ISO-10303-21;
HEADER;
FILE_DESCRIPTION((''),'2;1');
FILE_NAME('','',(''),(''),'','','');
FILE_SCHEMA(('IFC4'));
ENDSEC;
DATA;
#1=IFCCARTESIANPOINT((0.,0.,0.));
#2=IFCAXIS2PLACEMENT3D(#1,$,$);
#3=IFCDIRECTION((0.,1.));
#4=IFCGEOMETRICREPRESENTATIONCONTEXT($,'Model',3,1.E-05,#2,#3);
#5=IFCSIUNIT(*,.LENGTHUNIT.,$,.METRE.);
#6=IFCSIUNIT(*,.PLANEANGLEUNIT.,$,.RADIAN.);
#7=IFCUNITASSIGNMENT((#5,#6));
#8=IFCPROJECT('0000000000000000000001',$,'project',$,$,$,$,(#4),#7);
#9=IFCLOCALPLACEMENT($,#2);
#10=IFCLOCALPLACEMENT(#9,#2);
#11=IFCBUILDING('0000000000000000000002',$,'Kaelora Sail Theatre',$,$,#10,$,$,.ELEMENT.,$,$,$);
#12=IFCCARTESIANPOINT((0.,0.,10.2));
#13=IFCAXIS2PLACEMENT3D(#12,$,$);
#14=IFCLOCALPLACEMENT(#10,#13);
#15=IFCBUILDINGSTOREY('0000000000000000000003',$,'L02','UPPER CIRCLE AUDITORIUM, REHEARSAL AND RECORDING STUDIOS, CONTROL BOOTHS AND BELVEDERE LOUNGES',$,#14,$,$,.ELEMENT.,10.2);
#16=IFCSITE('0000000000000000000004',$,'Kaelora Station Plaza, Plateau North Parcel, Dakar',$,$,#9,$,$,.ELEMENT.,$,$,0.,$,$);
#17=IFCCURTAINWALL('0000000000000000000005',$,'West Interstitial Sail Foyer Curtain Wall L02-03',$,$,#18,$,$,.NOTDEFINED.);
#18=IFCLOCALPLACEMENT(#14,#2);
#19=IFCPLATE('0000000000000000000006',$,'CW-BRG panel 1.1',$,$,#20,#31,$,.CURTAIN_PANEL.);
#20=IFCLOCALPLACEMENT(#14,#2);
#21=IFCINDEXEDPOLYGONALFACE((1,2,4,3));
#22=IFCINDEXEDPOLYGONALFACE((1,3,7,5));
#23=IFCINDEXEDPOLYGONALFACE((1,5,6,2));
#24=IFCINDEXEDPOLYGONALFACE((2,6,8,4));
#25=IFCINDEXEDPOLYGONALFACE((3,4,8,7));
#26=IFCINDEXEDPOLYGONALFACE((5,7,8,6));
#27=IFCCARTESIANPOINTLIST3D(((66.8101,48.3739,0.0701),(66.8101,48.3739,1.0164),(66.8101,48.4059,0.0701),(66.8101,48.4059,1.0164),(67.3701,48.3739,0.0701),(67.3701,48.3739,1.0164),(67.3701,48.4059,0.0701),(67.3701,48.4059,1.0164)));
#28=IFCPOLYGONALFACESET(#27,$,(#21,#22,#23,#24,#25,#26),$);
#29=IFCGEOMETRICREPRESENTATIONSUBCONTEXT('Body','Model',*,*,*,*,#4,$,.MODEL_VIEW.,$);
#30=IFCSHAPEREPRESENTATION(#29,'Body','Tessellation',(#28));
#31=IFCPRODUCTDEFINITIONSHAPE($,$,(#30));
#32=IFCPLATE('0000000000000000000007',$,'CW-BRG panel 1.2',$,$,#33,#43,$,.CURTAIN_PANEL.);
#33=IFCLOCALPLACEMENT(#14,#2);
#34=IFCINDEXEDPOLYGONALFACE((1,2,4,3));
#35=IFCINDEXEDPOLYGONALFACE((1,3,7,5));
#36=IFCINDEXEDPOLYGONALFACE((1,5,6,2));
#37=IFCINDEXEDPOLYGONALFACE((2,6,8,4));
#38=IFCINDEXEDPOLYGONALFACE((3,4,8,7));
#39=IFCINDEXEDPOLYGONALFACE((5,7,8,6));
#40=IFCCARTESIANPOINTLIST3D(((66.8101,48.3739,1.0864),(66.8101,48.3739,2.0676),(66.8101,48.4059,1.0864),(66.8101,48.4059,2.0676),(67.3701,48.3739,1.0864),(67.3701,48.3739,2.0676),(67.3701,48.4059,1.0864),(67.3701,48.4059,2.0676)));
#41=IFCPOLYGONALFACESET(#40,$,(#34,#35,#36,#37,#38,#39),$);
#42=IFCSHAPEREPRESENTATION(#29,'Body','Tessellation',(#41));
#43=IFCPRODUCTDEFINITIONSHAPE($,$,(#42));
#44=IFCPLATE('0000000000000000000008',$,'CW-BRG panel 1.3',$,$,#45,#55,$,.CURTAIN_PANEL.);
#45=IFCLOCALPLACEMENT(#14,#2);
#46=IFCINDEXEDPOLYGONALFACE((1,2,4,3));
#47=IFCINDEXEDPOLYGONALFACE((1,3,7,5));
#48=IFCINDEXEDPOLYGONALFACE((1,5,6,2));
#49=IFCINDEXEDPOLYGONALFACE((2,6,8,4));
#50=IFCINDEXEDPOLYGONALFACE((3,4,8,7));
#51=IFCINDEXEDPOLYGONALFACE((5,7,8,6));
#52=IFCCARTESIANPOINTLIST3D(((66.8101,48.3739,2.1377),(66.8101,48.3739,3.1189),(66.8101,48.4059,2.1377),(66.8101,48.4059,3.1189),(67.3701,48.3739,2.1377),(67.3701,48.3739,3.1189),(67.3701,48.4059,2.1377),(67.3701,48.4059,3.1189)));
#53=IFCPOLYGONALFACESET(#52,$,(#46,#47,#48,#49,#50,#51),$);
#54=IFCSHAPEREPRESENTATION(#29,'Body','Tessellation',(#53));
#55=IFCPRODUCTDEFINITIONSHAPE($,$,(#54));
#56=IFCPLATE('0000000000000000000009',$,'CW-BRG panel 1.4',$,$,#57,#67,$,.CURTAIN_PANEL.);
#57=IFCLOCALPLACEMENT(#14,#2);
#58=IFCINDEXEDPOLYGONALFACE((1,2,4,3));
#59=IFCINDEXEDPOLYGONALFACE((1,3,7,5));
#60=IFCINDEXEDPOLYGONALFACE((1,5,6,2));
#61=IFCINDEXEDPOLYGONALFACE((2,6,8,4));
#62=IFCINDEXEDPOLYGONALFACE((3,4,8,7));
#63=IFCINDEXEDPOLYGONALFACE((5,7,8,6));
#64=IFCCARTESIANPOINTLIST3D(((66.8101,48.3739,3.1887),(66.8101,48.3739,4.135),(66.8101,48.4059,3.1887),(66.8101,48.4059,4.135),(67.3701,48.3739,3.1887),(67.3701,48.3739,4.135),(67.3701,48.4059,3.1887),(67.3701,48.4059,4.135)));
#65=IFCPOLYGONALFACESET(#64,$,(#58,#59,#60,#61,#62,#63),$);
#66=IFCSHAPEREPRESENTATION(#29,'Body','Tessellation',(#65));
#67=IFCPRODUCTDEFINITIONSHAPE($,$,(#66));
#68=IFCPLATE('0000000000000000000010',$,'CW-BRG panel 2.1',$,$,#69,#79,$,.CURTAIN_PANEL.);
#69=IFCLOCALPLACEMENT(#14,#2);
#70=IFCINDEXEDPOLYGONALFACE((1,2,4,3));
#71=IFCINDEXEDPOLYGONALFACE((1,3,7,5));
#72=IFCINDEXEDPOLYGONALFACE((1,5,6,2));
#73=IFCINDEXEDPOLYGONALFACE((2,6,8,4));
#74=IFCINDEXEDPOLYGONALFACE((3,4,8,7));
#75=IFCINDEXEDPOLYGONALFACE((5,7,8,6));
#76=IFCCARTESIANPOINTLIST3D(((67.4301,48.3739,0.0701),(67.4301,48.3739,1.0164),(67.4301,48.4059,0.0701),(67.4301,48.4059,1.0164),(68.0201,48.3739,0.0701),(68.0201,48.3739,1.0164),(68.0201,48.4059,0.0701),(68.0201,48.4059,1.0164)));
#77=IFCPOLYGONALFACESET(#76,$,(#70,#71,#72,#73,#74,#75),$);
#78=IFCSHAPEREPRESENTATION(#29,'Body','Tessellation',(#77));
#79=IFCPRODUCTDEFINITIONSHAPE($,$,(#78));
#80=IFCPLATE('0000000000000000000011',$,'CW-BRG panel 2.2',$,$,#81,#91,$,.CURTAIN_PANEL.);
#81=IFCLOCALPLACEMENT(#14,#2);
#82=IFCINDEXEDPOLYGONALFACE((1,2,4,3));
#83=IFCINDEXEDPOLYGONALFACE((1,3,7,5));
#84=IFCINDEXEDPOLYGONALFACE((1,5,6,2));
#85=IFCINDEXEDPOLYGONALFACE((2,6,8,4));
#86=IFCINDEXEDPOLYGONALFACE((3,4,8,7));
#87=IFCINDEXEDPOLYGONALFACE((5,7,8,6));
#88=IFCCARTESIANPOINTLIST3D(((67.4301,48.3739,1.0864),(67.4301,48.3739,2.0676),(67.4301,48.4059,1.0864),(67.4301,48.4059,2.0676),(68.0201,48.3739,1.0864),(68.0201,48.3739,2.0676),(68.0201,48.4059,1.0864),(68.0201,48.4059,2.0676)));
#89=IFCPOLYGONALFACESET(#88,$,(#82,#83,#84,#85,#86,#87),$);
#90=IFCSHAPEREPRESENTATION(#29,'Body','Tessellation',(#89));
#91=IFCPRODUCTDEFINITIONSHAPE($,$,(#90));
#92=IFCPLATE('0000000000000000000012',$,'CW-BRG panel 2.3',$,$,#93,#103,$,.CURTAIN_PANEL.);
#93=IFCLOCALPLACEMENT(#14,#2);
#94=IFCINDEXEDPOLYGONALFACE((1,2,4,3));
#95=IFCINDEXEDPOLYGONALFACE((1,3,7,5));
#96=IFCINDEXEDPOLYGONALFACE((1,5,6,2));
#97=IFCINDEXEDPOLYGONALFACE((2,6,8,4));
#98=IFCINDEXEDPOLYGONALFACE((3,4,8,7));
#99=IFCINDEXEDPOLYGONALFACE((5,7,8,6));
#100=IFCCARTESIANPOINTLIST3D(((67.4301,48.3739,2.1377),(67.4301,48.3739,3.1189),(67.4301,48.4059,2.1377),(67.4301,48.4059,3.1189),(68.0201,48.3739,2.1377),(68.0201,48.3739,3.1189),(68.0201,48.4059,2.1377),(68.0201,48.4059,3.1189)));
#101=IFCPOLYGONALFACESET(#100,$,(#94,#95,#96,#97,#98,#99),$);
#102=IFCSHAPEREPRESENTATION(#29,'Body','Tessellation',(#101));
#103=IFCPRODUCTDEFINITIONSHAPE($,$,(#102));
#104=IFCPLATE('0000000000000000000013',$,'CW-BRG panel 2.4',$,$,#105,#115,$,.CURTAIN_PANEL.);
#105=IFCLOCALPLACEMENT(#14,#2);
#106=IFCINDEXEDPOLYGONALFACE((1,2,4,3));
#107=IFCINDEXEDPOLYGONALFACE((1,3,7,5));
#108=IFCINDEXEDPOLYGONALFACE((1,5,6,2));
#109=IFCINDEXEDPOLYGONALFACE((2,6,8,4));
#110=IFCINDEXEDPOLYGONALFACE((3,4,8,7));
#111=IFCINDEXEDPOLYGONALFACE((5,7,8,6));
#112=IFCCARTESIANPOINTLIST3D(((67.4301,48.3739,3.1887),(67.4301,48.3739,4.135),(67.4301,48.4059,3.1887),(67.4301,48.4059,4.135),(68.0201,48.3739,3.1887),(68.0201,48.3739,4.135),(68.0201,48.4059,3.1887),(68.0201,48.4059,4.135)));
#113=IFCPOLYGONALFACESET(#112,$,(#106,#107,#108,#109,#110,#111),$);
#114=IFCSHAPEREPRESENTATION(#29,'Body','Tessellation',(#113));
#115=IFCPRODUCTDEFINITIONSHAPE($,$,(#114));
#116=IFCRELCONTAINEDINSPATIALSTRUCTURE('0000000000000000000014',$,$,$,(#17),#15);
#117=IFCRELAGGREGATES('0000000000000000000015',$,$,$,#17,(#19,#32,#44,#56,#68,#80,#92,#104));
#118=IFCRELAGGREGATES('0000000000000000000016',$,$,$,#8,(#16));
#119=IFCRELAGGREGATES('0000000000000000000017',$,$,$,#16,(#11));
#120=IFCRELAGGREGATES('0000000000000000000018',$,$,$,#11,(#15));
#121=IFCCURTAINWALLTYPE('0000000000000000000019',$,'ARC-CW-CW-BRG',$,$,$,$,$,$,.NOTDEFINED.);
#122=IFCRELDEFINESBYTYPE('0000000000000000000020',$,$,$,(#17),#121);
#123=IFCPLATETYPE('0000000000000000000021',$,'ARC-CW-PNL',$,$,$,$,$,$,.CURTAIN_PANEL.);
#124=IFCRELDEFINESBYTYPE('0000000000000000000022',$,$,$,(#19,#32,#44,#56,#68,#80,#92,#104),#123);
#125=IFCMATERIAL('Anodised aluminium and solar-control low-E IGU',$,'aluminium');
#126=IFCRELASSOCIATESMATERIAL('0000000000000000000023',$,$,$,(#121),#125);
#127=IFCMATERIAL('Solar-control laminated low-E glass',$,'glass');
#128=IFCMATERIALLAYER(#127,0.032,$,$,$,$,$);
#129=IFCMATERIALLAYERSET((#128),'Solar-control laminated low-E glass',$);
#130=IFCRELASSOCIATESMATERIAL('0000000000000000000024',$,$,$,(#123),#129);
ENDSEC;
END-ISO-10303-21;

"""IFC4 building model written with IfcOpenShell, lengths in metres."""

from ifc_helpers import new_model, si_unit, direction, frame, origin, origin_2d, place, context, subcontext, project, spatial, rectangle, extrude, material, layer, layer_set, type_object, element, aggregate, save


model = new_model("IFC4")

# Units and contexts
model_context = context("Model", 3, precision=1e-05, world=origin(), true_north=direction((0.0, 1.0)))
body_context = subcontext(model_context, "Body", "Model", "MODEL_VIEW")
ifc_project = project(units=[si_unit("LENGTHUNIT", "METRE"), si_unit("PLANEANGLEUNIT", "RADIAN")], contexts=[model_context])

# Site, building, storey
site_placement = place(None, origin())
site = spatial("IfcSite", under=ifc_project, at=site_placement, Name="Kaelora Station Plaza, Plateau North Parcel, Dakar", CompositionType="ELEMENT", RefElevation=0.0)
building_placement = place(site_placement, origin())
building = spatial("IfcBuilding", under=site, at=building_placement, Name="Kaelora Sail Theatre", CompositionType="ELEMENT")
storey_placement = place(building_placement, frame((0.0, 0.0, 10.2)))
storey = spatial("IfcBuildingStorey", under=building, at=storey_placement, Name="L02", Description="UPPER CIRCLE AUDITORIUM, REHEARSAL AND RECORDING STUDIOS, CONTROL BOOTHS AND BELVEDERE LOUNGES", CompositionType="ELEMENT", Elevation=10.2)

# Shared definitions
ifc_material_1 = material(Name="Anodised aluminium and solar-control low-E IGU", Category="aluminium")
curtain_wall_type = type_object("IfcCurtainWallType", Name="ARC-CW-CW-BRG", PredefinedType="NOTDEFINED", material=ifc_material_1)

# Curtain wall
curtain_wall_1_placement = place(storey_placement, origin())
curtain_wall_1 = element("IfcCurtainWall", 1, at=curtain_wall_1_placement, inside=storey, type_object=curtain_wall_type, Name="West Interstitial Sail Foyer Curtain Wall L02-03", PredefinedType="NOTDEFINED")

# Plates
ifc_material_2 = material(Name="Solar-control laminated low-E glass", Category="glass")
ifc_layer = layer(ifc_material_2, 0.032)
ifc_layer_set = layer_set([ifc_layer], Name="Solar-control laminated low-E glass")
plate_type = type_object("IfcPlateType", Name="ARC-CW-PNL", PredefinedType="CURTAIN_PANEL", material=ifc_layer_set)
plate_1_placement = place(storey_placement, frame((67.0901, 48.3899, 0.0701), z_axis=(0.0, 0.0, 1.0), x_axis=(1.0, 0.0, 0.0)))
plate_1 = element("IfcPlate", 2, at=plate_1_placement, type_object=plate_type, Name="CW-BRG panel 1.1", PredefinedType="CURTAIN_PANEL", context=body_context, shape_type="SweptSolid", body=[
    extrude(rectangle(XDim=0.5601, YDim=0.032, at=origin_2d()), origin(), (0.0, 0.0, 1.0), 0.9463),
])
plate_2_placement = place(storey_placement, frame((67.0901, 48.3899, 1.0864), z_axis=(0.0, 0.0, 1.0), x_axis=(1.0, 0.0, 0.0)))
plate_2 = element("IfcPlate", 3, at=plate_2_placement, type_object=plate_type, Name="CW-BRG panel 1.2", PredefinedType="CURTAIN_PANEL", context=body_context, shape_type="SweptSolid", body=[
    extrude(rectangle(XDim=0.5601, YDim=0.032, at=origin_2d()), origin(), (0.0, 0.0, 1.0), 0.9812),
])
plate_3_placement = place(storey_placement, frame((67.0901, 48.3899, 2.1377), z_axis=(0.0, 0.0, 1.0), x_axis=(1.0, 0.0, 0.0)))
plate_3 = element("IfcPlate", 4, at=plate_3_placement, type_object=plate_type, Name="CW-BRG panel 1.3", PredefinedType="CURTAIN_PANEL", context=body_context, shape_type="SweptSolid", body=[
    extrude(rectangle(XDim=0.5601, YDim=0.032, at=origin_2d()), origin(), (0.0, 0.0, 1.0), 0.9812),
])
plate_4_placement = place(storey_placement, frame((67.0901, 48.3899, 3.1887), z_axis=(0.0, 0.0, 1.0), x_axis=(1.0, 0.0, 0.0)))
plate_4 = element("IfcPlate", 5, at=plate_4_placement, type_object=plate_type, Name="CW-BRG panel 1.4", PredefinedType="CURTAIN_PANEL", context=body_context, shape_type="SweptSolid", body=[
    extrude(rectangle(XDim=0.5601, YDim=0.032, at=origin_2d()), origin(), (0.0, 0.0, 1.0), 0.9463),
])
plate_5_placement = place(storey_placement, frame((67.7251, 48.3899, 0.0701), z_axis=(0.0, 0.0, 1.0), x_axis=(1.0, 0.0, 0.0)))
plate_5 = element("IfcPlate", 6, at=plate_5_placement, type_object=plate_type, Name="CW-BRG panel 2.1", PredefinedType="CURTAIN_PANEL", context=body_context, shape_type="SweptSolid", body=[
    extrude(rectangle(XDim=0.5901, YDim=0.032, at=origin_2d()), origin(), (0.0, 0.0, 1.0), 0.9463),
])
plate_6_placement = place(storey_placement, frame((67.7251, 48.3899, 1.0864), z_axis=(0.0, 0.0, 1.0), x_axis=(1.0, 0.0, 0.0)))
plate_6 = element("IfcPlate", 7, at=plate_6_placement, type_object=plate_type, Name="CW-BRG panel 2.2", PredefinedType="CURTAIN_PANEL", context=body_context, shape_type="SweptSolid", body=[
    extrude(rectangle(XDim=0.5901, YDim=0.032, at=origin_2d()), origin(), (0.0, 0.0, 1.0), 0.9812),
])
plate_7_placement = place(storey_placement, frame((67.7251, 48.3899, 2.1377), z_axis=(0.0, 0.0, 1.0), x_axis=(1.0, 0.0, 0.0)))
plate_7 = element("IfcPlate", 8, at=plate_7_placement, type_object=plate_type, Name="CW-BRG panel 2.3", PredefinedType="CURTAIN_PANEL", context=body_context, shape_type="SweptSolid", body=[
    extrude(rectangle(XDim=0.5901, YDim=0.032, at=origin_2d()), origin(), (0.0, 0.0, 1.0), 0.9812),
])
plate_8_placement = place(storey_placement, frame((67.7251, 48.3899, 3.1887), z_axis=(0.0, 0.0, 1.0), x_axis=(1.0, 0.0, 0.0)))
plate_8 = element("IfcPlate", 9, at=plate_8_placement, type_object=plate_type, Name="CW-BRG panel 2.4", PredefinedType="CURTAIN_PANEL", context=body_context, shape_type="SweptSolid", body=[
    extrude(rectangle(XDim=0.5901, YDim=0.032, at=origin_2d()), origin(), (0.0, 0.0, 1.0), 0.9463),
])
aggregate(curtain_wall_1, [plate_1, plate_2, plate_3, plate_4, plate_5, plate_6, plate_7, plate_8])

save(model, "model.ifc")
